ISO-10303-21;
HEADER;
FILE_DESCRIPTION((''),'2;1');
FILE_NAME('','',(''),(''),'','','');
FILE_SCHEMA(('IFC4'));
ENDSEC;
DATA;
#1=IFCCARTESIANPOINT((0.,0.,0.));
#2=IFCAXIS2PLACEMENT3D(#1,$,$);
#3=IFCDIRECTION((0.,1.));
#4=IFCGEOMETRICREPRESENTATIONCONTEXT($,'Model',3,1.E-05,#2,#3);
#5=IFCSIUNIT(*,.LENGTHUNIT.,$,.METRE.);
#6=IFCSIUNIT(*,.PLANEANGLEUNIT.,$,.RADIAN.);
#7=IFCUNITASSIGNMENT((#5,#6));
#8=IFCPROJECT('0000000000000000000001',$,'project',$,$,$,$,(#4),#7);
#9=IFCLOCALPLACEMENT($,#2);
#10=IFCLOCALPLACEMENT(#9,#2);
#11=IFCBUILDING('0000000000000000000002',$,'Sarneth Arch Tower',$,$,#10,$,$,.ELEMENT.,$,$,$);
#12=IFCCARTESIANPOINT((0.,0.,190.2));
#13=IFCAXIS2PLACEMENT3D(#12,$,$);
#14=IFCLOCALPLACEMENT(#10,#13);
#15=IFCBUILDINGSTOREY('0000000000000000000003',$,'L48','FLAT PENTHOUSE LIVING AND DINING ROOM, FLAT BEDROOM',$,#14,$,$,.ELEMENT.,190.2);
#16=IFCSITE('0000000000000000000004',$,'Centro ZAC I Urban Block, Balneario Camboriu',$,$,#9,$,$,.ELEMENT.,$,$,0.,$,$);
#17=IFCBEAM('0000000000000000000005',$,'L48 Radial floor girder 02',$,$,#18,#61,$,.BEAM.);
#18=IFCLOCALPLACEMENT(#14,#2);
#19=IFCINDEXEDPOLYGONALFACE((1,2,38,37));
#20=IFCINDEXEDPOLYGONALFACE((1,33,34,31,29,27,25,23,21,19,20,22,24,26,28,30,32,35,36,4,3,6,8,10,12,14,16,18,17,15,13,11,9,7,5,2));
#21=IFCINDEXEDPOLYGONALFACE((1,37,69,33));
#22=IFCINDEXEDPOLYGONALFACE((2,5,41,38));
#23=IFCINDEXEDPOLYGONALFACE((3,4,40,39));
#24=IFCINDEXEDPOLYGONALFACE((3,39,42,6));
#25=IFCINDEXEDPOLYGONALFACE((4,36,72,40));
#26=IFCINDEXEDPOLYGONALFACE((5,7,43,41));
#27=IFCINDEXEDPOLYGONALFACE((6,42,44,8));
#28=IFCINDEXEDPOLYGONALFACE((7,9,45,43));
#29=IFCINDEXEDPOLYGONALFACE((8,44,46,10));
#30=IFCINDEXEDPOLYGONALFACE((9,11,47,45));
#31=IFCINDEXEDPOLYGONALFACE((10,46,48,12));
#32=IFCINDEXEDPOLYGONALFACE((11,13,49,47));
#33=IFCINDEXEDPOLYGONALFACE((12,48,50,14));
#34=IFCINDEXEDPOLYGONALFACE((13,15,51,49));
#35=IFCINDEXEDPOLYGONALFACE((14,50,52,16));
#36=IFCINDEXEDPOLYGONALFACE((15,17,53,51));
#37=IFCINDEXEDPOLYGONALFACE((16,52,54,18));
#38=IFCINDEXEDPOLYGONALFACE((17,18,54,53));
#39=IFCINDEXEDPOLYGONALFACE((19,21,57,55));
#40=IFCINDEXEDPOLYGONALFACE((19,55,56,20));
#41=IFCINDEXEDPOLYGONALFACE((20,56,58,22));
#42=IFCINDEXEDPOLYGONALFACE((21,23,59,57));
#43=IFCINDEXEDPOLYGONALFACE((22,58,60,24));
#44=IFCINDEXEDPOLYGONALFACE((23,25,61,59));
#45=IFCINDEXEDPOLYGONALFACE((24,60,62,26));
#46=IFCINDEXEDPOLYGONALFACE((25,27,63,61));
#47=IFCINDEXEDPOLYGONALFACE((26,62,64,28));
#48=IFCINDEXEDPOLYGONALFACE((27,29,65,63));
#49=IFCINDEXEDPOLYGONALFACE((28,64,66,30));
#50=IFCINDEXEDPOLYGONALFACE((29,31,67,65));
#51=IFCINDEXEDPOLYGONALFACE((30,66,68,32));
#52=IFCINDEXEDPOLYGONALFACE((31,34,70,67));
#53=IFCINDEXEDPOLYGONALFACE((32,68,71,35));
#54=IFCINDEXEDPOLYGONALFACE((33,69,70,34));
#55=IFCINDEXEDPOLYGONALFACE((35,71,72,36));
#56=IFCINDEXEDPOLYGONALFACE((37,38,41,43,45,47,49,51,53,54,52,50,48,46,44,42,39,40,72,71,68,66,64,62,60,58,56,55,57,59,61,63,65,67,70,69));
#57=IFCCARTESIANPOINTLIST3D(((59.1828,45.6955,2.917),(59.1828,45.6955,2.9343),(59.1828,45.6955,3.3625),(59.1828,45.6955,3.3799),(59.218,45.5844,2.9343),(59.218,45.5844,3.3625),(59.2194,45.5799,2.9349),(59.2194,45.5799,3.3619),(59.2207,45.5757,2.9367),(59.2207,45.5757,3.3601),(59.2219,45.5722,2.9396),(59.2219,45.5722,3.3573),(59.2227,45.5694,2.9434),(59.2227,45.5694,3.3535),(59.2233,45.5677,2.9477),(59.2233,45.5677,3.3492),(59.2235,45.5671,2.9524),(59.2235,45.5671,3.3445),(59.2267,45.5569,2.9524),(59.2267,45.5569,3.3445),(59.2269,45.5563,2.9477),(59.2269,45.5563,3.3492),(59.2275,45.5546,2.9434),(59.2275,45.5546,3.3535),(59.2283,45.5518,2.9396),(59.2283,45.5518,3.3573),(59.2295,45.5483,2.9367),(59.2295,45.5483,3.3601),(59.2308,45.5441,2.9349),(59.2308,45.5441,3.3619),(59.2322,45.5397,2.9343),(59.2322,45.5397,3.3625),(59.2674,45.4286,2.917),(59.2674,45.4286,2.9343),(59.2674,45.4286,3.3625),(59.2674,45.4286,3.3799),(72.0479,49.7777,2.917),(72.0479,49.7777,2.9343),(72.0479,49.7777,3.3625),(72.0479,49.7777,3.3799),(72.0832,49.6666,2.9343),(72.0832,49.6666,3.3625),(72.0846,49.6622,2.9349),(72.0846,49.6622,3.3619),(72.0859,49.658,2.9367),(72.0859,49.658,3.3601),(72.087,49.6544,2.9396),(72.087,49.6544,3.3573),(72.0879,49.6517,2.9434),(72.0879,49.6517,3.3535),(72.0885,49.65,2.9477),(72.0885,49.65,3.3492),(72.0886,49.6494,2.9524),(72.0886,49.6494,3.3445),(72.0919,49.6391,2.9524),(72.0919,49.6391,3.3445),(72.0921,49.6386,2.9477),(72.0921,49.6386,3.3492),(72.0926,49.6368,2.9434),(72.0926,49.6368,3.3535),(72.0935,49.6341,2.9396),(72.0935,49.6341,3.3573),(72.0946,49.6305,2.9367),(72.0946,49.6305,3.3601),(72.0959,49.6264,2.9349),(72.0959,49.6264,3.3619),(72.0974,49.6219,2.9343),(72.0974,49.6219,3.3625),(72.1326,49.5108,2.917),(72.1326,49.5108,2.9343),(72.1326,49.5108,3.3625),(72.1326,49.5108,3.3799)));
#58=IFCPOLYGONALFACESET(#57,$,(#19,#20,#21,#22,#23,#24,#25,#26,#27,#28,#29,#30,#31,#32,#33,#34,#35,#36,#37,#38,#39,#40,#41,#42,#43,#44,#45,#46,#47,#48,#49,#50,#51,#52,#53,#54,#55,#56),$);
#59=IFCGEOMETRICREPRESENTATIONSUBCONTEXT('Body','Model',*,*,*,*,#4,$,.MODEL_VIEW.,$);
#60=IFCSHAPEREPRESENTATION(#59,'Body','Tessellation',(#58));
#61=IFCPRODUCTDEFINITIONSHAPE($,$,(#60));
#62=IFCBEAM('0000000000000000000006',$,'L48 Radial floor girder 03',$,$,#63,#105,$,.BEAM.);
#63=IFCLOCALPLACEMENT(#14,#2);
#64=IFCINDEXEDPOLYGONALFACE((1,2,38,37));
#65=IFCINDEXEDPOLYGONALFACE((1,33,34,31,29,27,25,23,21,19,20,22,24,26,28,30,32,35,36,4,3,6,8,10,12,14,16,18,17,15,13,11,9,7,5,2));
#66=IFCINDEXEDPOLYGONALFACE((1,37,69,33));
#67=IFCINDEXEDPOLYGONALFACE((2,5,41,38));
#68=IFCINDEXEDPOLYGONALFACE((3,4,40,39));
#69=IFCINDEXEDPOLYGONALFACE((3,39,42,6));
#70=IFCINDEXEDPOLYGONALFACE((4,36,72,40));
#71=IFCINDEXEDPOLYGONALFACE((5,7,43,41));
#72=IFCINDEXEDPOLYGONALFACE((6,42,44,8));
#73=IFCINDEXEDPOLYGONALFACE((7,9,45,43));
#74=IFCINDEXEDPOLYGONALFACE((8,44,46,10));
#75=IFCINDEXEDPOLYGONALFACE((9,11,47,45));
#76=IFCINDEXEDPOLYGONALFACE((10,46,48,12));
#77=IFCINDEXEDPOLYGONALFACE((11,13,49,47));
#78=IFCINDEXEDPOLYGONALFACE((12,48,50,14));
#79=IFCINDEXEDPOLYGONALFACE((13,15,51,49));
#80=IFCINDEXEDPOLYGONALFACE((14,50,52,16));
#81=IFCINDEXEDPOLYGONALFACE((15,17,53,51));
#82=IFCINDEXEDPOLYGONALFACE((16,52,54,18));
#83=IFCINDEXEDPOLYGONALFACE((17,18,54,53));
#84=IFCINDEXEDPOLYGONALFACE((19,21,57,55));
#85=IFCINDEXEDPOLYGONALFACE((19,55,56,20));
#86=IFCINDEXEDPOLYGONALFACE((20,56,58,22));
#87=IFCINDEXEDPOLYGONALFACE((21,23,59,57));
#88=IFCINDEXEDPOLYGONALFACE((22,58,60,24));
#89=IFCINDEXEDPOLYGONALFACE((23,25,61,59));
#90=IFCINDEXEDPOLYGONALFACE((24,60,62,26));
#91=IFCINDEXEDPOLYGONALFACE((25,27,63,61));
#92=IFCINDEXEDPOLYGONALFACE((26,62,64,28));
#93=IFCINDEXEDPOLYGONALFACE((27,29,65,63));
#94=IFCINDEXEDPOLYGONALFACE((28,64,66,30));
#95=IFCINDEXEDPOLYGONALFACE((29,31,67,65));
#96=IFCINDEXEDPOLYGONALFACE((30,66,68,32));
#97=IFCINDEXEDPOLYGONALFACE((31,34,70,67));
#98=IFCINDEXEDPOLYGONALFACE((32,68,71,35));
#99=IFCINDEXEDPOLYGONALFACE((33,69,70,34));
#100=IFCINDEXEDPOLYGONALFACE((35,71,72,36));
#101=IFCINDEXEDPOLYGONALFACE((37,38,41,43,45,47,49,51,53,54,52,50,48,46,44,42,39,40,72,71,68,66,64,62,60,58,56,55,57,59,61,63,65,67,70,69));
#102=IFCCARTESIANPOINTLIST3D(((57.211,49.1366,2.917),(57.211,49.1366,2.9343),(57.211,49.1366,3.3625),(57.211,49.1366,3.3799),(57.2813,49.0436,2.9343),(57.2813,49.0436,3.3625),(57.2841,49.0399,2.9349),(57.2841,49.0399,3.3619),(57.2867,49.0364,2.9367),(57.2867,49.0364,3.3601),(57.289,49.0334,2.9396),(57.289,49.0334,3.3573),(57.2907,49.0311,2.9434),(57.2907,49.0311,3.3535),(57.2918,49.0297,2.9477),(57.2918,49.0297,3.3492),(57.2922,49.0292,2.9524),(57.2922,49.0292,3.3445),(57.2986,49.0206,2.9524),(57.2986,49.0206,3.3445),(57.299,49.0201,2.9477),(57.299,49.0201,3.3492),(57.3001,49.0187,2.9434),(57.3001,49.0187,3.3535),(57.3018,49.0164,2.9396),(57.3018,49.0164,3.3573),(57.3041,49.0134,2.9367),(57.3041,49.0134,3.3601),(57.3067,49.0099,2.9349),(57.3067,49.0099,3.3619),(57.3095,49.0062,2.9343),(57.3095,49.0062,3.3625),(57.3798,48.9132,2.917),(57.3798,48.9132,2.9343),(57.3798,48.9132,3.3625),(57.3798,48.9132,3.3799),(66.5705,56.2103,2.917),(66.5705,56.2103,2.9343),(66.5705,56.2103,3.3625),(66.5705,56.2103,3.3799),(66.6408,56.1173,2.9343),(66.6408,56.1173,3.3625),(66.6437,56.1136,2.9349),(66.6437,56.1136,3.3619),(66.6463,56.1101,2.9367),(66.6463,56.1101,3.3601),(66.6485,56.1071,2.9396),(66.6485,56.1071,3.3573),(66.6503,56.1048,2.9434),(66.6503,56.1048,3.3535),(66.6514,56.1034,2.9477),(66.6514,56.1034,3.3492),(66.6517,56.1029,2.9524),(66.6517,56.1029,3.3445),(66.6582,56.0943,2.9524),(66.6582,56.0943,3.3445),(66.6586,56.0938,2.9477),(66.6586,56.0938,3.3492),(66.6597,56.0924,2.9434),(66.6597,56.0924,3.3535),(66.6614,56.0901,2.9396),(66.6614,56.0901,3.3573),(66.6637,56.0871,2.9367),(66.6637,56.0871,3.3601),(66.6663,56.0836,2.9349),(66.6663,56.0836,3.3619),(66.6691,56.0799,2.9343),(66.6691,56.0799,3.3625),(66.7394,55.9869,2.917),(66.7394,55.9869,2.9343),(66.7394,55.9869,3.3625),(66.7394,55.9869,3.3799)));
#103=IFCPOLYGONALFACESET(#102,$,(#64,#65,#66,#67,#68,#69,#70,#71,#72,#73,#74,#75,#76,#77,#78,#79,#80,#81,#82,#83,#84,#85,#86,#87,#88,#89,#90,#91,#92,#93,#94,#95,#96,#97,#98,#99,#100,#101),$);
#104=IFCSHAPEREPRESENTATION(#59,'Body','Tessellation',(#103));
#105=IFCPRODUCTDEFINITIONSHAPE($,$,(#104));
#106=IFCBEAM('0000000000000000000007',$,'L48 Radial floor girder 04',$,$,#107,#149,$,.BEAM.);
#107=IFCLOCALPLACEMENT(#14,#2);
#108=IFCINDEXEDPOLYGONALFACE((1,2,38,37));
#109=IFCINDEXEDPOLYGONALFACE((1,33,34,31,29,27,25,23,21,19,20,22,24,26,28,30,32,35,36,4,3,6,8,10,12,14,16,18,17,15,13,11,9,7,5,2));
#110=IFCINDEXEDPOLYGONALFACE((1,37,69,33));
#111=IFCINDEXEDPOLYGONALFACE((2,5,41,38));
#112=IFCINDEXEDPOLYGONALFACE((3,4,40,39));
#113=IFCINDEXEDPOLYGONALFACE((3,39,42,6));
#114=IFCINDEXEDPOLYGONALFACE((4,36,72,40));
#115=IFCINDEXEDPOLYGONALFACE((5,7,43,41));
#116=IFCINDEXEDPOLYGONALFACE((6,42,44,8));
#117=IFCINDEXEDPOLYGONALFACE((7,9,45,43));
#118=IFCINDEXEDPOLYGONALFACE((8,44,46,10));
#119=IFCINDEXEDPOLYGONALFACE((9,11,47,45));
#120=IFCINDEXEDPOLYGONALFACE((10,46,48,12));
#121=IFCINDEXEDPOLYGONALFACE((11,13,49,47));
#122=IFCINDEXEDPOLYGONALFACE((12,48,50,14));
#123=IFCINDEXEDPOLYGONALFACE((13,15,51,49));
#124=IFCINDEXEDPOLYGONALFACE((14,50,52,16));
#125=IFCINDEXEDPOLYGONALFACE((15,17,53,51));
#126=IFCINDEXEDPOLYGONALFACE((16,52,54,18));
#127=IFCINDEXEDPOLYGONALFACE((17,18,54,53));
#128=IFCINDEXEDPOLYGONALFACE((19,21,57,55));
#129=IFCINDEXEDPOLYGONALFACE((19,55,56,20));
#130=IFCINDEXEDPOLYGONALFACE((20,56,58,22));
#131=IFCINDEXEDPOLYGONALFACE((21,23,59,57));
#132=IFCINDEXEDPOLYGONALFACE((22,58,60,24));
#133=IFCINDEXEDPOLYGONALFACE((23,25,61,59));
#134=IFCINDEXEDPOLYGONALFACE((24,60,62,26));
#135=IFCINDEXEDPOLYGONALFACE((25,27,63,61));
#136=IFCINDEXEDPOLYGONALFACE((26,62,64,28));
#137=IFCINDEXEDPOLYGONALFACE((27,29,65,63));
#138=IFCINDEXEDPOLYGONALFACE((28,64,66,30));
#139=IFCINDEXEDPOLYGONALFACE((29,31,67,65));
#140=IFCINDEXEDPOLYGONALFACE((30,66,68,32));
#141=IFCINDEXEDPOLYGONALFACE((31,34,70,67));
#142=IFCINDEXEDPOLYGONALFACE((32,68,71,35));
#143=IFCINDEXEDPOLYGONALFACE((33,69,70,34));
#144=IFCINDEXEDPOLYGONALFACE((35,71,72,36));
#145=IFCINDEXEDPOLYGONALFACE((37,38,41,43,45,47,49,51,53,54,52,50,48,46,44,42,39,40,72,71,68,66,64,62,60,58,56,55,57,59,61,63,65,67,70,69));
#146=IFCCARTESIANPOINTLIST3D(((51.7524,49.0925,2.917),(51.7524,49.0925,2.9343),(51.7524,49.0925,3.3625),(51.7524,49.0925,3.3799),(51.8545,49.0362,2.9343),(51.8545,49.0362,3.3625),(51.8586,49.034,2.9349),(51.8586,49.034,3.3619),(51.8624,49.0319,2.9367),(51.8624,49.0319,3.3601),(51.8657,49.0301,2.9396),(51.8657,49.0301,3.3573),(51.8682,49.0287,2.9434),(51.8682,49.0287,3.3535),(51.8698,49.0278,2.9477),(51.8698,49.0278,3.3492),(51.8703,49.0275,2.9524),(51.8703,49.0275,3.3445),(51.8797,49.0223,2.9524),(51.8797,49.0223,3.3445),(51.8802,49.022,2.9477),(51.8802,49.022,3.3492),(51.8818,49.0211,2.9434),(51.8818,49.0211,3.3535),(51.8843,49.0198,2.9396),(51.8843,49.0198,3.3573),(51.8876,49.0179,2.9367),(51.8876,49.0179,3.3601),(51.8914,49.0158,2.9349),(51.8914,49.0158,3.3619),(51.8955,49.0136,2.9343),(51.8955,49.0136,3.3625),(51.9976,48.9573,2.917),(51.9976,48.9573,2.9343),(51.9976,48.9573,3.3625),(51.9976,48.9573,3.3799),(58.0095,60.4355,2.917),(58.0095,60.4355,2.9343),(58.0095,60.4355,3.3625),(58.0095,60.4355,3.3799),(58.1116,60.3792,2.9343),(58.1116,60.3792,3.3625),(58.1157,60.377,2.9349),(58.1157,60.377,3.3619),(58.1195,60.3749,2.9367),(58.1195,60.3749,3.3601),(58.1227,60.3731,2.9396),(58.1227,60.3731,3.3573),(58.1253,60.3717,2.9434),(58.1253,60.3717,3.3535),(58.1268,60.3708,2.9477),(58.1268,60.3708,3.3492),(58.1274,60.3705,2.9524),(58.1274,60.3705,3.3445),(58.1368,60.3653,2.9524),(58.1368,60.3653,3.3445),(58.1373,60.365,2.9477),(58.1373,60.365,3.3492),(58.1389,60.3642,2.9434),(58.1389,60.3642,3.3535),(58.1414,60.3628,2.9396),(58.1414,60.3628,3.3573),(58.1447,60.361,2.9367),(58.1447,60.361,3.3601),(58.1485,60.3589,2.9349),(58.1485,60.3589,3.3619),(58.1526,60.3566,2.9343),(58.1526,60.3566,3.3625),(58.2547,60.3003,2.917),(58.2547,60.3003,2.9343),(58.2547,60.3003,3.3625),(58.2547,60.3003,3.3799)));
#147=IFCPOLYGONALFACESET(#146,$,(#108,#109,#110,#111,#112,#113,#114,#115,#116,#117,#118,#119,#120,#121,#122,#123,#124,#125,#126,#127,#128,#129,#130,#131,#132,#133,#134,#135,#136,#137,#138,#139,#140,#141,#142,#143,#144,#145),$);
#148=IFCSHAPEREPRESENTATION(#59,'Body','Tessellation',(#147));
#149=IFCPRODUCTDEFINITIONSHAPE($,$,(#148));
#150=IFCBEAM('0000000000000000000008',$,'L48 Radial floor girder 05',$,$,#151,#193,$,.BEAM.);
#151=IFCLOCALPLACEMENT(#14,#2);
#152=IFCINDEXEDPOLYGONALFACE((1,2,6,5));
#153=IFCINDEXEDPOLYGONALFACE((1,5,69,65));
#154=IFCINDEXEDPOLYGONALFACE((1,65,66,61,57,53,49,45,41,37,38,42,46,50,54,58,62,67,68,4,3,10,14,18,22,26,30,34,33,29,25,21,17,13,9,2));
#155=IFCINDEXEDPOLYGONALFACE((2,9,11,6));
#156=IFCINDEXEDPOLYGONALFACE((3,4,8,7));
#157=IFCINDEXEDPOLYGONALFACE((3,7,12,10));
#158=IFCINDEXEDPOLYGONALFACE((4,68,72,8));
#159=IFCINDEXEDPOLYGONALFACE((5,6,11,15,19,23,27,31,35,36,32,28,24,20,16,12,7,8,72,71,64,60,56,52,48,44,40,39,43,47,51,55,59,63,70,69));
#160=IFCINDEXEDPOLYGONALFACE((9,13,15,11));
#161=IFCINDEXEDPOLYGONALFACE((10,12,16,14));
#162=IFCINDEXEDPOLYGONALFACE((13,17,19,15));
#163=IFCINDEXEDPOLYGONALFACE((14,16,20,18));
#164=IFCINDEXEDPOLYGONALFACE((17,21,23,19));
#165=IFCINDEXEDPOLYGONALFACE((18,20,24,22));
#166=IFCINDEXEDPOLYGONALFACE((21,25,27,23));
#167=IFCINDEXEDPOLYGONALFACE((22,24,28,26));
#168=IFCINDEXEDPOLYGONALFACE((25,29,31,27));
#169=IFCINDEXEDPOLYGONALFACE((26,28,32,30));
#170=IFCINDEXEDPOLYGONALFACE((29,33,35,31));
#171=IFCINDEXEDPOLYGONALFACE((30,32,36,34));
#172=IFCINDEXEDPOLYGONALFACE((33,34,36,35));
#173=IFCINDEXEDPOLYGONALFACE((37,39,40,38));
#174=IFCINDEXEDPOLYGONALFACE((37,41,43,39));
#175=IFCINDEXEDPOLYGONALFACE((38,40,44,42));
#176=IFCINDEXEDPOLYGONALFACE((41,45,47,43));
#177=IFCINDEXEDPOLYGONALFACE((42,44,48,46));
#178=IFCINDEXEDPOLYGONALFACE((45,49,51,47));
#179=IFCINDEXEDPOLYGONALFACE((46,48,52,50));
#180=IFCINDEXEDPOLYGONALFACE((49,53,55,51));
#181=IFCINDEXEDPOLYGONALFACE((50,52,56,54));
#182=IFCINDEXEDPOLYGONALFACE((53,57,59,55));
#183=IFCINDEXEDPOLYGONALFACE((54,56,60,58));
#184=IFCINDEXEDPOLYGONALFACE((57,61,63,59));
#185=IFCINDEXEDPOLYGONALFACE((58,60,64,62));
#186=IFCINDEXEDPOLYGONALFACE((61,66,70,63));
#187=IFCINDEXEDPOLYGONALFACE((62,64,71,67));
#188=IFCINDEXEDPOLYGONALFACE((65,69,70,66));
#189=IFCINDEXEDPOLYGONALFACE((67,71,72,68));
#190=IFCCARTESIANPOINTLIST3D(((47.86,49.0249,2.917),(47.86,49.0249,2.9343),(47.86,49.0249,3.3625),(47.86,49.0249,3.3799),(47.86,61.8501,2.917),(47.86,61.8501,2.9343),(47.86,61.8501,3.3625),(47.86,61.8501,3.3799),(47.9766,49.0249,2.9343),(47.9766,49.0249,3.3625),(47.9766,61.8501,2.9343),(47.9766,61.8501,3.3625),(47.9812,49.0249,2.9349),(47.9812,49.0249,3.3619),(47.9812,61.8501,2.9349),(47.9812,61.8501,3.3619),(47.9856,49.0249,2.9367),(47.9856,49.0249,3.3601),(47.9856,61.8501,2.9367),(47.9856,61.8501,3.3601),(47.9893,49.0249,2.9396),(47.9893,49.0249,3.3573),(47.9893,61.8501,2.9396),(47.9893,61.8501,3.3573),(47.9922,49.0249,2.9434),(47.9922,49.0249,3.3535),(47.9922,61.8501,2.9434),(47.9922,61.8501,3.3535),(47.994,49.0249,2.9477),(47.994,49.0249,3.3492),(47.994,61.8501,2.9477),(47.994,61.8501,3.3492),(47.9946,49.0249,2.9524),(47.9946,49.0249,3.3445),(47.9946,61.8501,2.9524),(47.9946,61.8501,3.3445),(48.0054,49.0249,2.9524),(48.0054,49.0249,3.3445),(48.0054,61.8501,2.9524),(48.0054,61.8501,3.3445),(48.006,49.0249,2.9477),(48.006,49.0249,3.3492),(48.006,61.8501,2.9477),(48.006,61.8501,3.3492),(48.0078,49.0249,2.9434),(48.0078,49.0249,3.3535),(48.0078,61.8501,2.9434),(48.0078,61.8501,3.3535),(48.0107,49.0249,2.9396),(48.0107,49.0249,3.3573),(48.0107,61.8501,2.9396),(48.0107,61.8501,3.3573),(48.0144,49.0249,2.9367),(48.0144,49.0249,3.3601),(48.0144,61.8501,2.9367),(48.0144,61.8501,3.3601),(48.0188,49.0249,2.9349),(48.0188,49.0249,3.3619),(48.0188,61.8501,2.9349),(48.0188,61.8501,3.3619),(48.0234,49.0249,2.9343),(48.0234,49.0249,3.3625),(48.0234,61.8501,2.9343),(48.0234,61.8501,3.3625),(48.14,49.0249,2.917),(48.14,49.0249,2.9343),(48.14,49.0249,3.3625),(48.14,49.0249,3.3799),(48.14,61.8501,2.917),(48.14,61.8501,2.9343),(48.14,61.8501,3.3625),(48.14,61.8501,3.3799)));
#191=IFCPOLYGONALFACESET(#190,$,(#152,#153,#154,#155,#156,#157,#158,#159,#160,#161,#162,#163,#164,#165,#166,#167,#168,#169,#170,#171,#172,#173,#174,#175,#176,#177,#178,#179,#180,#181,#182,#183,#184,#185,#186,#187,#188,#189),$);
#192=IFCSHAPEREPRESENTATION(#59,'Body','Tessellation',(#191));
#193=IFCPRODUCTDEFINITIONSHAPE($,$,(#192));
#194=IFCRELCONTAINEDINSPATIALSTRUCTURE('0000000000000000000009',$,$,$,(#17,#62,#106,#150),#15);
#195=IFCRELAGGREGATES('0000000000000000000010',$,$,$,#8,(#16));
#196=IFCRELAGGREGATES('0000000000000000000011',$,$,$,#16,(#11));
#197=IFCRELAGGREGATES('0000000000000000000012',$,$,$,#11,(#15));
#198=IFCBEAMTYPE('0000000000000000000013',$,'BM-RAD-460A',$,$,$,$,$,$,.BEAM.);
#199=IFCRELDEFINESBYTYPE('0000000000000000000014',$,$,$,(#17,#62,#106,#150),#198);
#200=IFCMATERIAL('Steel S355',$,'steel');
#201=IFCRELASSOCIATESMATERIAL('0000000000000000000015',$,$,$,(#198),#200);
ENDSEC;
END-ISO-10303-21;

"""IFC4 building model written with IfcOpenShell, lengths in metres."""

from ifc_helpers import new_model, si_unit, direction, frame, origin, origin_2d, place, context, subcontext, project, spatial, i_section, extrude, material, material_profile, profile_set, type_object, element, save


model = new_model("IFC4")

# Units and contexts
model_context = context("Model", 3, precision=1e-05, world=origin(), true_north=direction((0.0, 1.0)))
body_context = subcontext(model_context, "Body", "Model", "MODEL_VIEW")
ifc_project = project(units=[si_unit("LENGTHUNIT", "METRE"), si_unit("PLANEANGLEUNIT", "RADIAN")], contexts=[model_context])

# Site, building, storey
site_placement = place(None, origin())
site = spatial("IfcSite", under=ifc_project, at=site_placement, Name="Centro ZAC I Urban Block, Balneario Camboriu", CompositionType="ELEMENT", RefElevation=0.0)
building_placement = place(site_placement, origin())
building = spatial("IfcBuilding", under=site, at=building_placement, Name="Sarneth Arch Tower", CompositionType="ELEMENT")
storey_placement = place(building_placement, frame((0.0, 0.0, 190.2)))
storey = spatial("IfcBuildingStorey", under=building, at=storey_placement, Name="L48", Description="FLAT PENTHOUSE LIVING AND DINING ROOM, FLAT BEDROOM", CompositionType="ELEMENT", Elevation=190.2)

# Beams
ifc_material_1 = material(Name="Steel S355", Category="steel")
ifc_material_profile_1 = material_profile(ifc_material_1, i_section(OverallWidth=0.28, OverallDepth=0.4629, WebThickness=0.0107, FlangeThickness=0.0173, FilletRadius=0.0181, at=origin_2d()), Name="W460x113")
ifc_profile_set_1 = profile_set([ifc_material_profile_1], Name="Steel S355")
beam_type_1 = type_object("IfcBeamType", Name="BM-RAD-460A", PredefinedType="BEAM", material=ifc_profile_set_1)
beam_1_placement = place(storey_placement, frame((59.2251, 45.562, 3.1484), z_axis=(0.953165, 0.302449, 0.0), x_axis=(-0.302449, 0.953165, 0.0)))
element("IfcBeam", 1, at=beam_1_placement, inside=storey, type_object=beam_type_1, Name="L48 Radial floor girder 02", PredefinedType="BEAM", context=body_context, shape_type="SweptSolid", body=[
    extrude(i_section(OverallWidth=0.28, OverallDepth=0.4629, WebThickness=0.0107, FlangeThickness=0.0173, FilletRadius=0.0181, at=origin_2d()), origin(), (0.0, 0.0, 1.0), 13.4973),
])
beam_2_placement = place(storey_placement, frame((57.2954, 49.0249, 3.1484), z_axis=(0.797785, 0.602943, 0.0), x_axis=(-0.602943, 0.797785, 0.0)))
element("IfcBeam", 2, at=beam_2_placement, inside=storey, type_object=beam_type_1, Name="L48 Radial floor girder 03", PredefinedType="BEAM", context=body_context, shape_type="SweptSolid", body=[
    extrude(i_section(OverallWidth=0.28, OverallDepth=0.4629, WebThickness=0.0107, FlangeThickness=0.0173, FilletRadius=0.0181, at=origin_2d()), origin(), (0.0, 0.0, 1.0), 11.7319),
])
beam_3_placement = place(storey_placement, frame((51.875, 49.0249, 3.1484), z_axis=(0.48301, 0.875615, 0.0), x_axis=(-0.875615, 0.48301, 0.0)))
element("IfcBeam", 3, at=beam_3_placement, inside=storey, type_object=beam_type_1, Name="L48 Radial floor girder 04", PredefinedType="BEAM", context=body_context, shape_type="SweptSolid", body=[
    extrude(i_section(OverallWidth=0.28, OverallDepth=0.4629, WebThickness=0.0107, FlangeThickness=0.0173, FilletRadius=0.0181, at=origin_2d()), origin(), (0.0, 0.0, 1.0), 12.9543),
])
beam_4_placement = place(storey_placement, frame((48.0, 49.0249, 3.1484), z_axis=(0.0, 1.0, 0.0), x_axis=(-1.0, 0.0, 0.0)))
element("IfcBeam", 4, at=beam_4_placement, inside=storey, type_object=beam_type_1, Name="L48 Radial floor girder 05", PredefinedType="BEAM", context=body_context, shape_type="SweptSolid", body=[
    extrude(i_section(OverallWidth=0.28, OverallDepth=0.4629, WebThickness=0.0107, FlangeThickness=0.0173, FilletRadius=0.0181, at=origin_2d()), origin(), (0.0, 0.0, 1.0), 12.8252),
])

save(model, "model.ifc")
